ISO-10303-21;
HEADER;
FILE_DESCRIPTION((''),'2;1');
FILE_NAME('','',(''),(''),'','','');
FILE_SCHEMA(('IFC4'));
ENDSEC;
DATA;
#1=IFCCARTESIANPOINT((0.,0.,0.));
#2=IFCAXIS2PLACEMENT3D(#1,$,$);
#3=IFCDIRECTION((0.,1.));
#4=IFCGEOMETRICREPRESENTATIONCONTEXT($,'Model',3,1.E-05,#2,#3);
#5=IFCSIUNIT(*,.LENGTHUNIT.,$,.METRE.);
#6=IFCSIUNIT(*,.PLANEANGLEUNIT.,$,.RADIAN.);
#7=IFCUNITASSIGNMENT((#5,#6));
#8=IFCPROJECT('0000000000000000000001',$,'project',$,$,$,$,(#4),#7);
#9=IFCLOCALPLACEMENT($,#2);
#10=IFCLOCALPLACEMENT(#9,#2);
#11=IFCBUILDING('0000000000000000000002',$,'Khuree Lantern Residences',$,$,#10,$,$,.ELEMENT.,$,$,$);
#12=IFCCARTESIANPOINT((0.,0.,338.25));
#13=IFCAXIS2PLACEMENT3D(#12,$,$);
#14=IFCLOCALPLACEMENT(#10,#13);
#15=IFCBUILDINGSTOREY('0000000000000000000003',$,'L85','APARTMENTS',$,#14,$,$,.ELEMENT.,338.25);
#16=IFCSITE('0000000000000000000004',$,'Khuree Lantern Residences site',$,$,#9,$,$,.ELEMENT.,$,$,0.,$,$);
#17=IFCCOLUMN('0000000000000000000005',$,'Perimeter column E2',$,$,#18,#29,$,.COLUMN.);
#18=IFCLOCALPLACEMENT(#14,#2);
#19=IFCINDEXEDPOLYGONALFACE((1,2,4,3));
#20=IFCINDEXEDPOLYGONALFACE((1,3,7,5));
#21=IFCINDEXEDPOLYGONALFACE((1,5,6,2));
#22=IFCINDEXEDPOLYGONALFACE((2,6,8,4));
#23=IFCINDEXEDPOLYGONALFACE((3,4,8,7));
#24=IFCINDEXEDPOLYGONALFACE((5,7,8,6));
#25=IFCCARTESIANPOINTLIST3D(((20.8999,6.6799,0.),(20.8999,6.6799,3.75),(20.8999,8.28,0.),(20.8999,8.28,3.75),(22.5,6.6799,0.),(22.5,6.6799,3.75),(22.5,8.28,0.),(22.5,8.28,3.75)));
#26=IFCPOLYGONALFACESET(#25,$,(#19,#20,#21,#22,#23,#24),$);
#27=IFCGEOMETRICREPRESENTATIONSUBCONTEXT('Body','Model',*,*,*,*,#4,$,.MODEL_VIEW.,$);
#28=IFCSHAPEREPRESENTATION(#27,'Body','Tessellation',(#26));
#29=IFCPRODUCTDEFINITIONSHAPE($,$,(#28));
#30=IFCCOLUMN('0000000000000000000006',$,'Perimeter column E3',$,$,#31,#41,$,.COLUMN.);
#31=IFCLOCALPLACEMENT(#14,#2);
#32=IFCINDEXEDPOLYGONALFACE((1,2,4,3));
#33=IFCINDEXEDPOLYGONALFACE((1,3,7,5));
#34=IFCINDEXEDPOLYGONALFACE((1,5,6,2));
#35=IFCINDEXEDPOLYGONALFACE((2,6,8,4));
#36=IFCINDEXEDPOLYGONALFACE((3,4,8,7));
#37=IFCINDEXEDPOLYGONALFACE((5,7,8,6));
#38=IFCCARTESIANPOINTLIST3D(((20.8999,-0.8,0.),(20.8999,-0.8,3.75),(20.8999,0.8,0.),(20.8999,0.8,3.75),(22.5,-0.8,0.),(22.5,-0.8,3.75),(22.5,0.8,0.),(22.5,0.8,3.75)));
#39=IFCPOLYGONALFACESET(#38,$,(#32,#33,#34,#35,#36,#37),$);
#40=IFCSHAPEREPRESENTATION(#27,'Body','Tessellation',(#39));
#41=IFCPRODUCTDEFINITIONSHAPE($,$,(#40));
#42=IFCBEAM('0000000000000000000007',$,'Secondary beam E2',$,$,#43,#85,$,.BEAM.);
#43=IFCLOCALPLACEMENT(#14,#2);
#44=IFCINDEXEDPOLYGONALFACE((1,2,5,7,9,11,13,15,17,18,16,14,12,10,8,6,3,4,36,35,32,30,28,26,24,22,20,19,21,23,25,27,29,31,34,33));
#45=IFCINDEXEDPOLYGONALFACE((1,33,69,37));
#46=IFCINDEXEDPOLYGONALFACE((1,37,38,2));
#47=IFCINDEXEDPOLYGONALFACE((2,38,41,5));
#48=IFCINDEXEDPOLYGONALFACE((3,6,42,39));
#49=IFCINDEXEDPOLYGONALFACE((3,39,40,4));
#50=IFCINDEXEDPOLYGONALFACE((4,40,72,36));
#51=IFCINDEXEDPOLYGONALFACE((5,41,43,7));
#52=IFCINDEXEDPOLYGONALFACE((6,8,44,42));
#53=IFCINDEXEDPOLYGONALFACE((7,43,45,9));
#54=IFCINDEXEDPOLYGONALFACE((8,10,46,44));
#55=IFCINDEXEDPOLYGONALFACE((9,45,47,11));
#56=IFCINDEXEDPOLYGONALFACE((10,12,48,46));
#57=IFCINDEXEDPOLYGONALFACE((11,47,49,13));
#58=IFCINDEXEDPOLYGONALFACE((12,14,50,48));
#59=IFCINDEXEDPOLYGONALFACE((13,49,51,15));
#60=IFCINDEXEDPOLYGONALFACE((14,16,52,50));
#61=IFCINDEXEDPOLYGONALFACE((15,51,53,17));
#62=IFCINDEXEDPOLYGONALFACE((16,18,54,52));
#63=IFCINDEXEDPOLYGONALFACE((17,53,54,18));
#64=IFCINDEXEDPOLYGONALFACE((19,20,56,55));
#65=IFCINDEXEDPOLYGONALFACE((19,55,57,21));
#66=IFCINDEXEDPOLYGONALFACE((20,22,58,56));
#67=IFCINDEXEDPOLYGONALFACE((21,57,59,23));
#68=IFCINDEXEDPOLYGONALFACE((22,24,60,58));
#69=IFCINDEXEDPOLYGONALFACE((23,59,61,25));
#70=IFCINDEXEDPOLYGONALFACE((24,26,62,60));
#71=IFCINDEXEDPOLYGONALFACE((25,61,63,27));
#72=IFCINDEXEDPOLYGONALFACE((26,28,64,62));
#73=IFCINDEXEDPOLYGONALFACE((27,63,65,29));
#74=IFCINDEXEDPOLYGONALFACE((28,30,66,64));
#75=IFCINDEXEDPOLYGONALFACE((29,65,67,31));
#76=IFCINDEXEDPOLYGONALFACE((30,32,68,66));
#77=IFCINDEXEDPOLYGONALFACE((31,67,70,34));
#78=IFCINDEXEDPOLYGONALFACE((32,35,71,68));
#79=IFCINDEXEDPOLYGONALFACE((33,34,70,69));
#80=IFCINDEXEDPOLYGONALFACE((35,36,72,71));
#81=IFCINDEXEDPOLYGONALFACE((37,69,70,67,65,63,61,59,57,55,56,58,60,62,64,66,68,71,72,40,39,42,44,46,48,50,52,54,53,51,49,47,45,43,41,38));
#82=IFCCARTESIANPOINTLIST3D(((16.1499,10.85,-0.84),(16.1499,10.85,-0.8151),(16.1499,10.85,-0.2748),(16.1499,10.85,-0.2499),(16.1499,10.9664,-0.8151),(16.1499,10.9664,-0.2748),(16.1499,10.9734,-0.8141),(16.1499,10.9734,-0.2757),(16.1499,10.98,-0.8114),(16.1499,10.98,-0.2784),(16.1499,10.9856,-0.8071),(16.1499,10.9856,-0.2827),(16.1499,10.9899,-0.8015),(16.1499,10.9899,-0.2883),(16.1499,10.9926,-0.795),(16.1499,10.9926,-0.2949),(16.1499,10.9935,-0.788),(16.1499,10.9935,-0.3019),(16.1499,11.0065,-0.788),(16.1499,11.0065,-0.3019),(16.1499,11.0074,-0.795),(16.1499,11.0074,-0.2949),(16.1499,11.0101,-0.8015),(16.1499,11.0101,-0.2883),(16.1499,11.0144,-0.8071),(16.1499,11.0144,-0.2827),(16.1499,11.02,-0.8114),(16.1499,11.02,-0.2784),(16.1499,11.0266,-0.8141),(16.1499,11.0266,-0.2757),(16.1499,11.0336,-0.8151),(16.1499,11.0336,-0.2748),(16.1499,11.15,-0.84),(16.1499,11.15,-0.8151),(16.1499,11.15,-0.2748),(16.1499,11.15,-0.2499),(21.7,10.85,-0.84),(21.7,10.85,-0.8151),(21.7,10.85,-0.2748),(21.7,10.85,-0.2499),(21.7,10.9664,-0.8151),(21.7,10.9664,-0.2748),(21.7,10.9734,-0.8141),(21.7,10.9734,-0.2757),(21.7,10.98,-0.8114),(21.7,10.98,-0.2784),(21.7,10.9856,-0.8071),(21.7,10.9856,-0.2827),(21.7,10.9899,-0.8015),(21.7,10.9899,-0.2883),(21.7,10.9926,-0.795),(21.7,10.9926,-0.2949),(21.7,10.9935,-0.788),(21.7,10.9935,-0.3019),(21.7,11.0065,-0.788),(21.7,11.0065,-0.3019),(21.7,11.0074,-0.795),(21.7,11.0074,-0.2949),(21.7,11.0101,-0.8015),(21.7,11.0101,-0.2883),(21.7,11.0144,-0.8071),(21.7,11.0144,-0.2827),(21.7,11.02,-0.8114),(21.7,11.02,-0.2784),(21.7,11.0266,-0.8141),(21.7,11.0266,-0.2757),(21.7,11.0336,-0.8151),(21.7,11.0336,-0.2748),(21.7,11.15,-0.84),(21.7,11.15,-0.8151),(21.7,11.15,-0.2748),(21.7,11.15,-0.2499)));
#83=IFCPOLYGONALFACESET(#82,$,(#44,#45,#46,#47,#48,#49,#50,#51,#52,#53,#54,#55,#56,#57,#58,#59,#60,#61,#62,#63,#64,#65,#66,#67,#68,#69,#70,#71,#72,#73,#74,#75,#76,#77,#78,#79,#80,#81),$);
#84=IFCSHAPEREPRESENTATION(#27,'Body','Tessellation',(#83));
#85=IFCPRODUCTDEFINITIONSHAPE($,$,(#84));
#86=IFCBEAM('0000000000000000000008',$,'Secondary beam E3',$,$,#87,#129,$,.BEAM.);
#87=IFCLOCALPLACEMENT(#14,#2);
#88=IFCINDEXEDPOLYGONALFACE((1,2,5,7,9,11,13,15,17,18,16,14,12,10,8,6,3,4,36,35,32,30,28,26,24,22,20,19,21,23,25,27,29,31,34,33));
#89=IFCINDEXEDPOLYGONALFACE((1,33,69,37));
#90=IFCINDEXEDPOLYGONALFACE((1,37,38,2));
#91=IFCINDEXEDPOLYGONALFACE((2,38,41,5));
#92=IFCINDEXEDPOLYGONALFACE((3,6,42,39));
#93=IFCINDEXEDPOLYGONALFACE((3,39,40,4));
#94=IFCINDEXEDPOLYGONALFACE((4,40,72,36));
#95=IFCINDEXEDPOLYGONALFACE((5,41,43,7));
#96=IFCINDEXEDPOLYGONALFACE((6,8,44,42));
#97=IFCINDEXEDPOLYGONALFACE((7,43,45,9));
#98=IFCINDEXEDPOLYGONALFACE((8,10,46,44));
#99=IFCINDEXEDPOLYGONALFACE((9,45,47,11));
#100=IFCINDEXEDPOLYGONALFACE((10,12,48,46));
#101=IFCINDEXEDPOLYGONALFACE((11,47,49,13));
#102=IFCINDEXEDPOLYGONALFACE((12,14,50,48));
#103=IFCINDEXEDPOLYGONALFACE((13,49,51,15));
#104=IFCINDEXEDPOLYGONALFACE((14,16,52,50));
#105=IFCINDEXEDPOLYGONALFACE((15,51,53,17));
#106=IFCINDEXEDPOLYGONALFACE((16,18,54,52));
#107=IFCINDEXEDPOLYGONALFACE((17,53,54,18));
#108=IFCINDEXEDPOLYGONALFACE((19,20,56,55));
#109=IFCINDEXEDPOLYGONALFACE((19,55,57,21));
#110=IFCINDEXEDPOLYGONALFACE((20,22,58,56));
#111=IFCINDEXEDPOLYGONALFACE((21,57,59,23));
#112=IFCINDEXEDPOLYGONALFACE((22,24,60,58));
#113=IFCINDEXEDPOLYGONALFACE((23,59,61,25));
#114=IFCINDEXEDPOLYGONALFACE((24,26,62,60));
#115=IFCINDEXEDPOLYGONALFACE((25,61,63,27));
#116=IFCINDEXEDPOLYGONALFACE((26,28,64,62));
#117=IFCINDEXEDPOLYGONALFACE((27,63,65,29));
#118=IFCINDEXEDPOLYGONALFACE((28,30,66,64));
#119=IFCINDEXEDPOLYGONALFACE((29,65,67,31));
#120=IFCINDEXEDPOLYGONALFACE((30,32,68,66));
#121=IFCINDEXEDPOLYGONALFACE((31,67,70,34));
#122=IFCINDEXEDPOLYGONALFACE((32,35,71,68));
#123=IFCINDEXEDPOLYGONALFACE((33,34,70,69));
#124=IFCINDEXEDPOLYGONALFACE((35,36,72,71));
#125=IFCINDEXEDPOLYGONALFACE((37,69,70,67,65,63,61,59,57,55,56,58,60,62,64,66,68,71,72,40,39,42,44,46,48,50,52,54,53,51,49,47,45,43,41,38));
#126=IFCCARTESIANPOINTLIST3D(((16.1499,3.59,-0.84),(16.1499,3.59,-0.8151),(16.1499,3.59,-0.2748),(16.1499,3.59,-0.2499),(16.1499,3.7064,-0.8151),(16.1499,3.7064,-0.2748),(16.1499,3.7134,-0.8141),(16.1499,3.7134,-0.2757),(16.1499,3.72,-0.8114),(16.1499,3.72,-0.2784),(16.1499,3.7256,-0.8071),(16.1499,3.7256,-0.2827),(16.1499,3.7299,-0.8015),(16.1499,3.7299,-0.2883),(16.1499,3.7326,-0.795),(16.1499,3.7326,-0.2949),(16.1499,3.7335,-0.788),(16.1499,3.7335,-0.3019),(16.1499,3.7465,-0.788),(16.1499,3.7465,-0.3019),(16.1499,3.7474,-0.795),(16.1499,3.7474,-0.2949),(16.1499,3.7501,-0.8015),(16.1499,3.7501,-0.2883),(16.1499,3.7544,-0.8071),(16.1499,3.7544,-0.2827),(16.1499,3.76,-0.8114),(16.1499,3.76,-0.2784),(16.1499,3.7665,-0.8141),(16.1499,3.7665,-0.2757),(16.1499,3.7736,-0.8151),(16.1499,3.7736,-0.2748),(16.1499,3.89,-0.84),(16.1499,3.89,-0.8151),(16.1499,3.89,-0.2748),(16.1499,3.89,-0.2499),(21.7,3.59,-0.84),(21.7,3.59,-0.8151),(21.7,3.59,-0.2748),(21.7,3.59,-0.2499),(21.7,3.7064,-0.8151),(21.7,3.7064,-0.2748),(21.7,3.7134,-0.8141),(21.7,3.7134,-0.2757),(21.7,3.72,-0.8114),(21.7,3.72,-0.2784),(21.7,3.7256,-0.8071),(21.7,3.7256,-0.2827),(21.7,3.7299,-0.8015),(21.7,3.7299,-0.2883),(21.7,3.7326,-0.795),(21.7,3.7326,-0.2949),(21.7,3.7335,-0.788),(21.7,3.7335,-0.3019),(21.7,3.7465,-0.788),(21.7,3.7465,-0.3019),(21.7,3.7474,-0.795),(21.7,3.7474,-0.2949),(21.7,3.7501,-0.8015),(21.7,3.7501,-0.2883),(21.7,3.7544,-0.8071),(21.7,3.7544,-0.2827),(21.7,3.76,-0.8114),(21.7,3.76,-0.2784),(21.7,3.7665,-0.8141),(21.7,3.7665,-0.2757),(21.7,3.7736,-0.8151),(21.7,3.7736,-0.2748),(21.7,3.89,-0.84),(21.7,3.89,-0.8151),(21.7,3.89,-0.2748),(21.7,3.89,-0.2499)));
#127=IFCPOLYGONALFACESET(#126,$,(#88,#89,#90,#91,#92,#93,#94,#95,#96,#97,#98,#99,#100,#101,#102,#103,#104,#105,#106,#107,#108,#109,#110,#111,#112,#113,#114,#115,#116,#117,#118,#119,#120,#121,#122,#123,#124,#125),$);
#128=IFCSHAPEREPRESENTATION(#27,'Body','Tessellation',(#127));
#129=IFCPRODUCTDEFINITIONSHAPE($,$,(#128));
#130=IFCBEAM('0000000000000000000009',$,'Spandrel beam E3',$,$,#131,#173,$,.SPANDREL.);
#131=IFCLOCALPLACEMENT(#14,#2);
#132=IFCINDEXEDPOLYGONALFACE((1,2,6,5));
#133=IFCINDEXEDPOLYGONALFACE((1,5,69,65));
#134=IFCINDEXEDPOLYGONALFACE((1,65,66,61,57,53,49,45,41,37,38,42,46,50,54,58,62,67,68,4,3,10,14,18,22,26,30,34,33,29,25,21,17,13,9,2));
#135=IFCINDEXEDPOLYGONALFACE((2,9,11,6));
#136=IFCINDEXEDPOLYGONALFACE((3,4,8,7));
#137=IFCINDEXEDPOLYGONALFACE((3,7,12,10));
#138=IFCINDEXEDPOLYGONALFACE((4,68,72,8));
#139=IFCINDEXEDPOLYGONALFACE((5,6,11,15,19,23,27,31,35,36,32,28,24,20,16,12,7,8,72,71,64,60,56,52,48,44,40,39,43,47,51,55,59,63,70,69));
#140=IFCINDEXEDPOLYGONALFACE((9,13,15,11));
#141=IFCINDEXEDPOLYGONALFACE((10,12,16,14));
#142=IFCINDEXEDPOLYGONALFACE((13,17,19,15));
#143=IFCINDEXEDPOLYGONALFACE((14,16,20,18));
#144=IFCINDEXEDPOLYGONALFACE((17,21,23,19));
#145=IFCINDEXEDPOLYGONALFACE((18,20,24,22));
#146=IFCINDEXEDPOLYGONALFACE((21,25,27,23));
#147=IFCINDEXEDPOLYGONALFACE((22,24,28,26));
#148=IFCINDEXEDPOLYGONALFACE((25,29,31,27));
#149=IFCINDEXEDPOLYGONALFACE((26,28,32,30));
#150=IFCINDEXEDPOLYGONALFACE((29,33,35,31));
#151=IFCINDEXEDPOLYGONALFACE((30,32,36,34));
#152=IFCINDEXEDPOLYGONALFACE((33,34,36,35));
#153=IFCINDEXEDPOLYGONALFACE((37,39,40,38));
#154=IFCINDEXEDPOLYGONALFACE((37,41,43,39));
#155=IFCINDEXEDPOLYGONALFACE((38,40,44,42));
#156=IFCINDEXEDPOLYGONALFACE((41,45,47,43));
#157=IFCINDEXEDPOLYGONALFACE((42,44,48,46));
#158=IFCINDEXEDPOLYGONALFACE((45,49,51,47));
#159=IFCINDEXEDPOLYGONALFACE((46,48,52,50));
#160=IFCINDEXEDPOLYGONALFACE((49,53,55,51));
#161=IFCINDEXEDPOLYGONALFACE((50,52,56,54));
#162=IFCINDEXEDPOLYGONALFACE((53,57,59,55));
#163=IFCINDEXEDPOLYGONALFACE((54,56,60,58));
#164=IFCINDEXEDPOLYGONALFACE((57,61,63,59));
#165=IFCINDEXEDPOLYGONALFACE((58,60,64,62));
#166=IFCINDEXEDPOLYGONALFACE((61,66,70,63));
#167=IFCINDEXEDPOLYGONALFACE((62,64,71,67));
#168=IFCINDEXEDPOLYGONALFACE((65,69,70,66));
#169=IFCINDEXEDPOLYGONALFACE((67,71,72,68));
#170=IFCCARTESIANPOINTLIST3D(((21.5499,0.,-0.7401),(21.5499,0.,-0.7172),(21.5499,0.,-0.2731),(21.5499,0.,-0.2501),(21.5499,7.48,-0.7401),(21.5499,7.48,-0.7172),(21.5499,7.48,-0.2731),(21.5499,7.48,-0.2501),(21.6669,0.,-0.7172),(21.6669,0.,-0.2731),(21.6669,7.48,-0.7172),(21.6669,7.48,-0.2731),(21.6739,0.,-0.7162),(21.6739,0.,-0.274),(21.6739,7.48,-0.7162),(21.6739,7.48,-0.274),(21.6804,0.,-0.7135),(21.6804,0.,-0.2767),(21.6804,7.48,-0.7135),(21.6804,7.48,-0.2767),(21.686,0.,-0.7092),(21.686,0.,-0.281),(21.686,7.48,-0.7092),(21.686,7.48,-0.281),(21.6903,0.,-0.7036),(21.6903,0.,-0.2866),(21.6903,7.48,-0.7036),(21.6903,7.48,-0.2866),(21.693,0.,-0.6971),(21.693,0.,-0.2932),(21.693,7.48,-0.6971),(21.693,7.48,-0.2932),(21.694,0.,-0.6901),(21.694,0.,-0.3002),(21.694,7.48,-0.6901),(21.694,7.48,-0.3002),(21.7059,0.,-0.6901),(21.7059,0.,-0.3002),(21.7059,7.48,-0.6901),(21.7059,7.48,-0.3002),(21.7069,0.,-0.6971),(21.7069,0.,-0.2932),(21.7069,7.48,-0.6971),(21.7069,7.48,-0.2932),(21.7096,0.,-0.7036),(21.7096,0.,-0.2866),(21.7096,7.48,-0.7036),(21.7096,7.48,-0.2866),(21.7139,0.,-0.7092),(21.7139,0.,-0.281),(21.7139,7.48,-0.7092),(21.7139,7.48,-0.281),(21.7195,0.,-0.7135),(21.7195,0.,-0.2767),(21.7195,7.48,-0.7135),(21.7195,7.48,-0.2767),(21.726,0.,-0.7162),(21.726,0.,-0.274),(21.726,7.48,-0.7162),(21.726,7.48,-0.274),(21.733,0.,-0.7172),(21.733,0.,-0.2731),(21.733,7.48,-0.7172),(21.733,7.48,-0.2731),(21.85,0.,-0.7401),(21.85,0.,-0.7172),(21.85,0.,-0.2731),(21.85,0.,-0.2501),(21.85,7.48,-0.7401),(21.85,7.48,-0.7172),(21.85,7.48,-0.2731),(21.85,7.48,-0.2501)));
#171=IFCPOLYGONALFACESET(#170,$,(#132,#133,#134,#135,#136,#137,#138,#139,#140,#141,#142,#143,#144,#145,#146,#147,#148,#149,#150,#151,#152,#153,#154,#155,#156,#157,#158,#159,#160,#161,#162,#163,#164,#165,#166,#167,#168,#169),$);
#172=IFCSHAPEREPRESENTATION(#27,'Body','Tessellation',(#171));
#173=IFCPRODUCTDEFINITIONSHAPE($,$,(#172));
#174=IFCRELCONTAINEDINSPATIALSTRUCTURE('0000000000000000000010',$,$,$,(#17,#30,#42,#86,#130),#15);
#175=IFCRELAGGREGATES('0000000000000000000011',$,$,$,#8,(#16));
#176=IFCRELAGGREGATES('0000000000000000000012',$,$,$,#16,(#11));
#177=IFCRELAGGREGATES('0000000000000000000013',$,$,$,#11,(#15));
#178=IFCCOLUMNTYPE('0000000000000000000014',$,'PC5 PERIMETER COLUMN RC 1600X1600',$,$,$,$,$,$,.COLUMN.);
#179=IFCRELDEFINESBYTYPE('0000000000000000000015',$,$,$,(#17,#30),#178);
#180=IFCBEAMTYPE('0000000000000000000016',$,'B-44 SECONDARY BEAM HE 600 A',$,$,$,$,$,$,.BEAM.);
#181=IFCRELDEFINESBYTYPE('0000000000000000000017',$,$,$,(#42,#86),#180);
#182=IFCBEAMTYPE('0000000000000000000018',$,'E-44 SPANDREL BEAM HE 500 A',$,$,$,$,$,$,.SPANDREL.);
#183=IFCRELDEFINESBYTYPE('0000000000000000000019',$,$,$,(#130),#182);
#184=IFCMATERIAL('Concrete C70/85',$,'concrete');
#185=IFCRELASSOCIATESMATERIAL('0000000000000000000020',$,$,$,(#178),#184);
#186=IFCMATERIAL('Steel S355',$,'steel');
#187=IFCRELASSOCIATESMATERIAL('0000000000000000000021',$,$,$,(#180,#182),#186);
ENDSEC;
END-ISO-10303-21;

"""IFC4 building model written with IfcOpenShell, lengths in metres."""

from ifc_helpers import new_model, si_unit, direction, frame, origin, origin_2d, place, context, subcontext, project, spatial, rectangle, i_section, extrude, material, material_profile, profile_set, type_object, element, save


model = new_model("IFC4")

# Units and contexts
model_context = context("Model", 3, precision=1e-05, world=origin(), true_north=direction((0.0, 1.0)))
body_context = subcontext(model_context, "Body", "Model", "MODEL_VIEW")
ifc_project = project(units=[si_unit("LENGTHUNIT", "METRE"), si_unit("PLANEANGLEUNIT", "RADIAN")], contexts=[model_context])

# Site, building, storey
site_placement = place(None, origin())
site = spatial("IfcSite", under=ifc_project, at=site_placement, Name="Khuree Lantern Residences site", CompositionType="ELEMENT", RefElevation=0.0)
building_placement = place(site_placement, origin())
building = spatial("IfcBuilding", under=site, at=building_placement, Name="Khuree Lantern Residences", CompositionType="ELEMENT")
storey_placement = place(building_placement, frame((0.0, 0.0, 338.25)))
storey = spatial("IfcBuildingStorey", under=building, at=storey_placement, Name="L85", Description="APARTMENTS", CompositionType="ELEMENT", Elevation=338.25)

# Columns
ifc_material_1 = material(Name="Concrete C70/85", Category="concrete")
ifc_material_profile_1 = material_profile(ifc_material_1, rectangle(XDim=1.6001, YDim=1.6001, at=origin_2d()), Name="RC 1600X1600")
ifc_profile_set_1 = profile_set([ifc_material_profile_1], Name="Concrete C70/85")
column_type = type_object("IfcColumnType", Name="PC5 PERIMETER COLUMN RC 1600X1600", PredefinedType="COLUMN", material=ifc_profile_set_1)
for number, where, z_axis, x_axis, name in (
    (1, (21.7, 7.48, 0.0), (0.0, 0.0, 1.0), (0.0, 1.0, 0.0), "Perimeter column E2"),
    (2, (21.7, 0.0, 0.0), (0.0, 0.0, 1.0), (0.0, 1.0, 0.0), "Perimeter column E3"),
):
    element("IfcColumn", number, at=place(storey_placement, frame(where, z_axis=z_axis, x_axis=x_axis)), inside=storey, type_object=column_type, Name=name, PredefinedType="COLUMN", context=body_context, shape_type="SweptSolid", body=[
        extrude(rectangle(XDim=1.6001, YDim=1.6001, at=origin_2d()), origin(), (0.0, 0.0, 1.0), 3.75),
    ])

# Beams
ifc_material_2 = material(Name="Steel S355", Category="steel")
ifc_material_profile_2 = material_profile(ifc_material_2, i_section(OverallWidth=0.3, OverallDepth=0.5901, WebThickness=0.0129, FlangeThickness=0.0249, FilletRadius=0.0271, at=origin_2d()), Name="HE 600 A")
ifc_profile_set_2 = profile_set([ifc_material_profile_2], Name="Steel S355")
beam_type_1 = type_object("IfcBeamType", Name="B-44 SECONDARY BEAM HE 600 A", PredefinedType="BEAM", material=ifc_profile_set_2)
for number, where, z_axis, x_axis, name in (
    (3, (21.7, 11.0, -0.5449), (-1.0, 0.0, 0.0), (0.0, -1.0, 0.0), "Secondary beam E2"),
    (4, (21.7, 3.74, -0.5449), (-1.0, 0.0, 0.0), (0.0, -1.0, 0.0), "Secondary beam E3"),
):
    element("IfcBeam", number, at=place(storey_placement, frame(where, z_axis=z_axis, x_axis=x_axis)), inside=storey, type_object=beam_type_1, Name=name, PredefinedType="BEAM", context=body_context, shape_type="SweptSolid", body=[
        extrude(i_section(OverallWidth=0.3, OverallDepth=0.5901, WebThickness=0.0129, FlangeThickness=0.0249, FilletRadius=0.0271, at=origin_2d()), origin(), (0.0, 0.0, 1.0), 5.55),
    ])
ifc_material_profile_3 = material_profile(ifc_material_2, i_section(OverallWidth=0.3, OverallDepth=0.49, WebThickness=0.012, FlangeThickness=0.0229, FilletRadius=0.0271, at=origin_2d()), Name="HE 500 A")
ifc_profile_set_3 = profile_set([ifc_material_profile_3], Name="Steel S355")
beam_type_2 = type_object("IfcBeamType", Name="E-44 SPANDREL BEAM HE 500 A", PredefinedType="SPANDREL", material=ifc_profile_set_3)
for number, where, z_axis, x_axis, name in (
    (5, (21.7, 7.48, -0.4951), (0.0, -1.0, 0.0), (1.0, 0.0, 0.0), "Spandrel beam E3"),
):
    element("IfcBeam", number, at=place(storey_placement, frame(where, z_axis=z_axis, x_axis=x_axis)), inside=storey, type_object=beam_type_2, Name=name, PredefinedType="SPANDREL", context=body_context, shape_type="SweptSolid", body=[
        extrude(i_section(OverallWidth=0.3, OverallDepth=0.49, WebThickness=0.012, FlangeThickness=0.0229, FilletRadius=0.0271, at=origin_2d()), origin(), (0.0, 0.0, 1.0), 7.48),
    ])

save(model, "model.ifc")
